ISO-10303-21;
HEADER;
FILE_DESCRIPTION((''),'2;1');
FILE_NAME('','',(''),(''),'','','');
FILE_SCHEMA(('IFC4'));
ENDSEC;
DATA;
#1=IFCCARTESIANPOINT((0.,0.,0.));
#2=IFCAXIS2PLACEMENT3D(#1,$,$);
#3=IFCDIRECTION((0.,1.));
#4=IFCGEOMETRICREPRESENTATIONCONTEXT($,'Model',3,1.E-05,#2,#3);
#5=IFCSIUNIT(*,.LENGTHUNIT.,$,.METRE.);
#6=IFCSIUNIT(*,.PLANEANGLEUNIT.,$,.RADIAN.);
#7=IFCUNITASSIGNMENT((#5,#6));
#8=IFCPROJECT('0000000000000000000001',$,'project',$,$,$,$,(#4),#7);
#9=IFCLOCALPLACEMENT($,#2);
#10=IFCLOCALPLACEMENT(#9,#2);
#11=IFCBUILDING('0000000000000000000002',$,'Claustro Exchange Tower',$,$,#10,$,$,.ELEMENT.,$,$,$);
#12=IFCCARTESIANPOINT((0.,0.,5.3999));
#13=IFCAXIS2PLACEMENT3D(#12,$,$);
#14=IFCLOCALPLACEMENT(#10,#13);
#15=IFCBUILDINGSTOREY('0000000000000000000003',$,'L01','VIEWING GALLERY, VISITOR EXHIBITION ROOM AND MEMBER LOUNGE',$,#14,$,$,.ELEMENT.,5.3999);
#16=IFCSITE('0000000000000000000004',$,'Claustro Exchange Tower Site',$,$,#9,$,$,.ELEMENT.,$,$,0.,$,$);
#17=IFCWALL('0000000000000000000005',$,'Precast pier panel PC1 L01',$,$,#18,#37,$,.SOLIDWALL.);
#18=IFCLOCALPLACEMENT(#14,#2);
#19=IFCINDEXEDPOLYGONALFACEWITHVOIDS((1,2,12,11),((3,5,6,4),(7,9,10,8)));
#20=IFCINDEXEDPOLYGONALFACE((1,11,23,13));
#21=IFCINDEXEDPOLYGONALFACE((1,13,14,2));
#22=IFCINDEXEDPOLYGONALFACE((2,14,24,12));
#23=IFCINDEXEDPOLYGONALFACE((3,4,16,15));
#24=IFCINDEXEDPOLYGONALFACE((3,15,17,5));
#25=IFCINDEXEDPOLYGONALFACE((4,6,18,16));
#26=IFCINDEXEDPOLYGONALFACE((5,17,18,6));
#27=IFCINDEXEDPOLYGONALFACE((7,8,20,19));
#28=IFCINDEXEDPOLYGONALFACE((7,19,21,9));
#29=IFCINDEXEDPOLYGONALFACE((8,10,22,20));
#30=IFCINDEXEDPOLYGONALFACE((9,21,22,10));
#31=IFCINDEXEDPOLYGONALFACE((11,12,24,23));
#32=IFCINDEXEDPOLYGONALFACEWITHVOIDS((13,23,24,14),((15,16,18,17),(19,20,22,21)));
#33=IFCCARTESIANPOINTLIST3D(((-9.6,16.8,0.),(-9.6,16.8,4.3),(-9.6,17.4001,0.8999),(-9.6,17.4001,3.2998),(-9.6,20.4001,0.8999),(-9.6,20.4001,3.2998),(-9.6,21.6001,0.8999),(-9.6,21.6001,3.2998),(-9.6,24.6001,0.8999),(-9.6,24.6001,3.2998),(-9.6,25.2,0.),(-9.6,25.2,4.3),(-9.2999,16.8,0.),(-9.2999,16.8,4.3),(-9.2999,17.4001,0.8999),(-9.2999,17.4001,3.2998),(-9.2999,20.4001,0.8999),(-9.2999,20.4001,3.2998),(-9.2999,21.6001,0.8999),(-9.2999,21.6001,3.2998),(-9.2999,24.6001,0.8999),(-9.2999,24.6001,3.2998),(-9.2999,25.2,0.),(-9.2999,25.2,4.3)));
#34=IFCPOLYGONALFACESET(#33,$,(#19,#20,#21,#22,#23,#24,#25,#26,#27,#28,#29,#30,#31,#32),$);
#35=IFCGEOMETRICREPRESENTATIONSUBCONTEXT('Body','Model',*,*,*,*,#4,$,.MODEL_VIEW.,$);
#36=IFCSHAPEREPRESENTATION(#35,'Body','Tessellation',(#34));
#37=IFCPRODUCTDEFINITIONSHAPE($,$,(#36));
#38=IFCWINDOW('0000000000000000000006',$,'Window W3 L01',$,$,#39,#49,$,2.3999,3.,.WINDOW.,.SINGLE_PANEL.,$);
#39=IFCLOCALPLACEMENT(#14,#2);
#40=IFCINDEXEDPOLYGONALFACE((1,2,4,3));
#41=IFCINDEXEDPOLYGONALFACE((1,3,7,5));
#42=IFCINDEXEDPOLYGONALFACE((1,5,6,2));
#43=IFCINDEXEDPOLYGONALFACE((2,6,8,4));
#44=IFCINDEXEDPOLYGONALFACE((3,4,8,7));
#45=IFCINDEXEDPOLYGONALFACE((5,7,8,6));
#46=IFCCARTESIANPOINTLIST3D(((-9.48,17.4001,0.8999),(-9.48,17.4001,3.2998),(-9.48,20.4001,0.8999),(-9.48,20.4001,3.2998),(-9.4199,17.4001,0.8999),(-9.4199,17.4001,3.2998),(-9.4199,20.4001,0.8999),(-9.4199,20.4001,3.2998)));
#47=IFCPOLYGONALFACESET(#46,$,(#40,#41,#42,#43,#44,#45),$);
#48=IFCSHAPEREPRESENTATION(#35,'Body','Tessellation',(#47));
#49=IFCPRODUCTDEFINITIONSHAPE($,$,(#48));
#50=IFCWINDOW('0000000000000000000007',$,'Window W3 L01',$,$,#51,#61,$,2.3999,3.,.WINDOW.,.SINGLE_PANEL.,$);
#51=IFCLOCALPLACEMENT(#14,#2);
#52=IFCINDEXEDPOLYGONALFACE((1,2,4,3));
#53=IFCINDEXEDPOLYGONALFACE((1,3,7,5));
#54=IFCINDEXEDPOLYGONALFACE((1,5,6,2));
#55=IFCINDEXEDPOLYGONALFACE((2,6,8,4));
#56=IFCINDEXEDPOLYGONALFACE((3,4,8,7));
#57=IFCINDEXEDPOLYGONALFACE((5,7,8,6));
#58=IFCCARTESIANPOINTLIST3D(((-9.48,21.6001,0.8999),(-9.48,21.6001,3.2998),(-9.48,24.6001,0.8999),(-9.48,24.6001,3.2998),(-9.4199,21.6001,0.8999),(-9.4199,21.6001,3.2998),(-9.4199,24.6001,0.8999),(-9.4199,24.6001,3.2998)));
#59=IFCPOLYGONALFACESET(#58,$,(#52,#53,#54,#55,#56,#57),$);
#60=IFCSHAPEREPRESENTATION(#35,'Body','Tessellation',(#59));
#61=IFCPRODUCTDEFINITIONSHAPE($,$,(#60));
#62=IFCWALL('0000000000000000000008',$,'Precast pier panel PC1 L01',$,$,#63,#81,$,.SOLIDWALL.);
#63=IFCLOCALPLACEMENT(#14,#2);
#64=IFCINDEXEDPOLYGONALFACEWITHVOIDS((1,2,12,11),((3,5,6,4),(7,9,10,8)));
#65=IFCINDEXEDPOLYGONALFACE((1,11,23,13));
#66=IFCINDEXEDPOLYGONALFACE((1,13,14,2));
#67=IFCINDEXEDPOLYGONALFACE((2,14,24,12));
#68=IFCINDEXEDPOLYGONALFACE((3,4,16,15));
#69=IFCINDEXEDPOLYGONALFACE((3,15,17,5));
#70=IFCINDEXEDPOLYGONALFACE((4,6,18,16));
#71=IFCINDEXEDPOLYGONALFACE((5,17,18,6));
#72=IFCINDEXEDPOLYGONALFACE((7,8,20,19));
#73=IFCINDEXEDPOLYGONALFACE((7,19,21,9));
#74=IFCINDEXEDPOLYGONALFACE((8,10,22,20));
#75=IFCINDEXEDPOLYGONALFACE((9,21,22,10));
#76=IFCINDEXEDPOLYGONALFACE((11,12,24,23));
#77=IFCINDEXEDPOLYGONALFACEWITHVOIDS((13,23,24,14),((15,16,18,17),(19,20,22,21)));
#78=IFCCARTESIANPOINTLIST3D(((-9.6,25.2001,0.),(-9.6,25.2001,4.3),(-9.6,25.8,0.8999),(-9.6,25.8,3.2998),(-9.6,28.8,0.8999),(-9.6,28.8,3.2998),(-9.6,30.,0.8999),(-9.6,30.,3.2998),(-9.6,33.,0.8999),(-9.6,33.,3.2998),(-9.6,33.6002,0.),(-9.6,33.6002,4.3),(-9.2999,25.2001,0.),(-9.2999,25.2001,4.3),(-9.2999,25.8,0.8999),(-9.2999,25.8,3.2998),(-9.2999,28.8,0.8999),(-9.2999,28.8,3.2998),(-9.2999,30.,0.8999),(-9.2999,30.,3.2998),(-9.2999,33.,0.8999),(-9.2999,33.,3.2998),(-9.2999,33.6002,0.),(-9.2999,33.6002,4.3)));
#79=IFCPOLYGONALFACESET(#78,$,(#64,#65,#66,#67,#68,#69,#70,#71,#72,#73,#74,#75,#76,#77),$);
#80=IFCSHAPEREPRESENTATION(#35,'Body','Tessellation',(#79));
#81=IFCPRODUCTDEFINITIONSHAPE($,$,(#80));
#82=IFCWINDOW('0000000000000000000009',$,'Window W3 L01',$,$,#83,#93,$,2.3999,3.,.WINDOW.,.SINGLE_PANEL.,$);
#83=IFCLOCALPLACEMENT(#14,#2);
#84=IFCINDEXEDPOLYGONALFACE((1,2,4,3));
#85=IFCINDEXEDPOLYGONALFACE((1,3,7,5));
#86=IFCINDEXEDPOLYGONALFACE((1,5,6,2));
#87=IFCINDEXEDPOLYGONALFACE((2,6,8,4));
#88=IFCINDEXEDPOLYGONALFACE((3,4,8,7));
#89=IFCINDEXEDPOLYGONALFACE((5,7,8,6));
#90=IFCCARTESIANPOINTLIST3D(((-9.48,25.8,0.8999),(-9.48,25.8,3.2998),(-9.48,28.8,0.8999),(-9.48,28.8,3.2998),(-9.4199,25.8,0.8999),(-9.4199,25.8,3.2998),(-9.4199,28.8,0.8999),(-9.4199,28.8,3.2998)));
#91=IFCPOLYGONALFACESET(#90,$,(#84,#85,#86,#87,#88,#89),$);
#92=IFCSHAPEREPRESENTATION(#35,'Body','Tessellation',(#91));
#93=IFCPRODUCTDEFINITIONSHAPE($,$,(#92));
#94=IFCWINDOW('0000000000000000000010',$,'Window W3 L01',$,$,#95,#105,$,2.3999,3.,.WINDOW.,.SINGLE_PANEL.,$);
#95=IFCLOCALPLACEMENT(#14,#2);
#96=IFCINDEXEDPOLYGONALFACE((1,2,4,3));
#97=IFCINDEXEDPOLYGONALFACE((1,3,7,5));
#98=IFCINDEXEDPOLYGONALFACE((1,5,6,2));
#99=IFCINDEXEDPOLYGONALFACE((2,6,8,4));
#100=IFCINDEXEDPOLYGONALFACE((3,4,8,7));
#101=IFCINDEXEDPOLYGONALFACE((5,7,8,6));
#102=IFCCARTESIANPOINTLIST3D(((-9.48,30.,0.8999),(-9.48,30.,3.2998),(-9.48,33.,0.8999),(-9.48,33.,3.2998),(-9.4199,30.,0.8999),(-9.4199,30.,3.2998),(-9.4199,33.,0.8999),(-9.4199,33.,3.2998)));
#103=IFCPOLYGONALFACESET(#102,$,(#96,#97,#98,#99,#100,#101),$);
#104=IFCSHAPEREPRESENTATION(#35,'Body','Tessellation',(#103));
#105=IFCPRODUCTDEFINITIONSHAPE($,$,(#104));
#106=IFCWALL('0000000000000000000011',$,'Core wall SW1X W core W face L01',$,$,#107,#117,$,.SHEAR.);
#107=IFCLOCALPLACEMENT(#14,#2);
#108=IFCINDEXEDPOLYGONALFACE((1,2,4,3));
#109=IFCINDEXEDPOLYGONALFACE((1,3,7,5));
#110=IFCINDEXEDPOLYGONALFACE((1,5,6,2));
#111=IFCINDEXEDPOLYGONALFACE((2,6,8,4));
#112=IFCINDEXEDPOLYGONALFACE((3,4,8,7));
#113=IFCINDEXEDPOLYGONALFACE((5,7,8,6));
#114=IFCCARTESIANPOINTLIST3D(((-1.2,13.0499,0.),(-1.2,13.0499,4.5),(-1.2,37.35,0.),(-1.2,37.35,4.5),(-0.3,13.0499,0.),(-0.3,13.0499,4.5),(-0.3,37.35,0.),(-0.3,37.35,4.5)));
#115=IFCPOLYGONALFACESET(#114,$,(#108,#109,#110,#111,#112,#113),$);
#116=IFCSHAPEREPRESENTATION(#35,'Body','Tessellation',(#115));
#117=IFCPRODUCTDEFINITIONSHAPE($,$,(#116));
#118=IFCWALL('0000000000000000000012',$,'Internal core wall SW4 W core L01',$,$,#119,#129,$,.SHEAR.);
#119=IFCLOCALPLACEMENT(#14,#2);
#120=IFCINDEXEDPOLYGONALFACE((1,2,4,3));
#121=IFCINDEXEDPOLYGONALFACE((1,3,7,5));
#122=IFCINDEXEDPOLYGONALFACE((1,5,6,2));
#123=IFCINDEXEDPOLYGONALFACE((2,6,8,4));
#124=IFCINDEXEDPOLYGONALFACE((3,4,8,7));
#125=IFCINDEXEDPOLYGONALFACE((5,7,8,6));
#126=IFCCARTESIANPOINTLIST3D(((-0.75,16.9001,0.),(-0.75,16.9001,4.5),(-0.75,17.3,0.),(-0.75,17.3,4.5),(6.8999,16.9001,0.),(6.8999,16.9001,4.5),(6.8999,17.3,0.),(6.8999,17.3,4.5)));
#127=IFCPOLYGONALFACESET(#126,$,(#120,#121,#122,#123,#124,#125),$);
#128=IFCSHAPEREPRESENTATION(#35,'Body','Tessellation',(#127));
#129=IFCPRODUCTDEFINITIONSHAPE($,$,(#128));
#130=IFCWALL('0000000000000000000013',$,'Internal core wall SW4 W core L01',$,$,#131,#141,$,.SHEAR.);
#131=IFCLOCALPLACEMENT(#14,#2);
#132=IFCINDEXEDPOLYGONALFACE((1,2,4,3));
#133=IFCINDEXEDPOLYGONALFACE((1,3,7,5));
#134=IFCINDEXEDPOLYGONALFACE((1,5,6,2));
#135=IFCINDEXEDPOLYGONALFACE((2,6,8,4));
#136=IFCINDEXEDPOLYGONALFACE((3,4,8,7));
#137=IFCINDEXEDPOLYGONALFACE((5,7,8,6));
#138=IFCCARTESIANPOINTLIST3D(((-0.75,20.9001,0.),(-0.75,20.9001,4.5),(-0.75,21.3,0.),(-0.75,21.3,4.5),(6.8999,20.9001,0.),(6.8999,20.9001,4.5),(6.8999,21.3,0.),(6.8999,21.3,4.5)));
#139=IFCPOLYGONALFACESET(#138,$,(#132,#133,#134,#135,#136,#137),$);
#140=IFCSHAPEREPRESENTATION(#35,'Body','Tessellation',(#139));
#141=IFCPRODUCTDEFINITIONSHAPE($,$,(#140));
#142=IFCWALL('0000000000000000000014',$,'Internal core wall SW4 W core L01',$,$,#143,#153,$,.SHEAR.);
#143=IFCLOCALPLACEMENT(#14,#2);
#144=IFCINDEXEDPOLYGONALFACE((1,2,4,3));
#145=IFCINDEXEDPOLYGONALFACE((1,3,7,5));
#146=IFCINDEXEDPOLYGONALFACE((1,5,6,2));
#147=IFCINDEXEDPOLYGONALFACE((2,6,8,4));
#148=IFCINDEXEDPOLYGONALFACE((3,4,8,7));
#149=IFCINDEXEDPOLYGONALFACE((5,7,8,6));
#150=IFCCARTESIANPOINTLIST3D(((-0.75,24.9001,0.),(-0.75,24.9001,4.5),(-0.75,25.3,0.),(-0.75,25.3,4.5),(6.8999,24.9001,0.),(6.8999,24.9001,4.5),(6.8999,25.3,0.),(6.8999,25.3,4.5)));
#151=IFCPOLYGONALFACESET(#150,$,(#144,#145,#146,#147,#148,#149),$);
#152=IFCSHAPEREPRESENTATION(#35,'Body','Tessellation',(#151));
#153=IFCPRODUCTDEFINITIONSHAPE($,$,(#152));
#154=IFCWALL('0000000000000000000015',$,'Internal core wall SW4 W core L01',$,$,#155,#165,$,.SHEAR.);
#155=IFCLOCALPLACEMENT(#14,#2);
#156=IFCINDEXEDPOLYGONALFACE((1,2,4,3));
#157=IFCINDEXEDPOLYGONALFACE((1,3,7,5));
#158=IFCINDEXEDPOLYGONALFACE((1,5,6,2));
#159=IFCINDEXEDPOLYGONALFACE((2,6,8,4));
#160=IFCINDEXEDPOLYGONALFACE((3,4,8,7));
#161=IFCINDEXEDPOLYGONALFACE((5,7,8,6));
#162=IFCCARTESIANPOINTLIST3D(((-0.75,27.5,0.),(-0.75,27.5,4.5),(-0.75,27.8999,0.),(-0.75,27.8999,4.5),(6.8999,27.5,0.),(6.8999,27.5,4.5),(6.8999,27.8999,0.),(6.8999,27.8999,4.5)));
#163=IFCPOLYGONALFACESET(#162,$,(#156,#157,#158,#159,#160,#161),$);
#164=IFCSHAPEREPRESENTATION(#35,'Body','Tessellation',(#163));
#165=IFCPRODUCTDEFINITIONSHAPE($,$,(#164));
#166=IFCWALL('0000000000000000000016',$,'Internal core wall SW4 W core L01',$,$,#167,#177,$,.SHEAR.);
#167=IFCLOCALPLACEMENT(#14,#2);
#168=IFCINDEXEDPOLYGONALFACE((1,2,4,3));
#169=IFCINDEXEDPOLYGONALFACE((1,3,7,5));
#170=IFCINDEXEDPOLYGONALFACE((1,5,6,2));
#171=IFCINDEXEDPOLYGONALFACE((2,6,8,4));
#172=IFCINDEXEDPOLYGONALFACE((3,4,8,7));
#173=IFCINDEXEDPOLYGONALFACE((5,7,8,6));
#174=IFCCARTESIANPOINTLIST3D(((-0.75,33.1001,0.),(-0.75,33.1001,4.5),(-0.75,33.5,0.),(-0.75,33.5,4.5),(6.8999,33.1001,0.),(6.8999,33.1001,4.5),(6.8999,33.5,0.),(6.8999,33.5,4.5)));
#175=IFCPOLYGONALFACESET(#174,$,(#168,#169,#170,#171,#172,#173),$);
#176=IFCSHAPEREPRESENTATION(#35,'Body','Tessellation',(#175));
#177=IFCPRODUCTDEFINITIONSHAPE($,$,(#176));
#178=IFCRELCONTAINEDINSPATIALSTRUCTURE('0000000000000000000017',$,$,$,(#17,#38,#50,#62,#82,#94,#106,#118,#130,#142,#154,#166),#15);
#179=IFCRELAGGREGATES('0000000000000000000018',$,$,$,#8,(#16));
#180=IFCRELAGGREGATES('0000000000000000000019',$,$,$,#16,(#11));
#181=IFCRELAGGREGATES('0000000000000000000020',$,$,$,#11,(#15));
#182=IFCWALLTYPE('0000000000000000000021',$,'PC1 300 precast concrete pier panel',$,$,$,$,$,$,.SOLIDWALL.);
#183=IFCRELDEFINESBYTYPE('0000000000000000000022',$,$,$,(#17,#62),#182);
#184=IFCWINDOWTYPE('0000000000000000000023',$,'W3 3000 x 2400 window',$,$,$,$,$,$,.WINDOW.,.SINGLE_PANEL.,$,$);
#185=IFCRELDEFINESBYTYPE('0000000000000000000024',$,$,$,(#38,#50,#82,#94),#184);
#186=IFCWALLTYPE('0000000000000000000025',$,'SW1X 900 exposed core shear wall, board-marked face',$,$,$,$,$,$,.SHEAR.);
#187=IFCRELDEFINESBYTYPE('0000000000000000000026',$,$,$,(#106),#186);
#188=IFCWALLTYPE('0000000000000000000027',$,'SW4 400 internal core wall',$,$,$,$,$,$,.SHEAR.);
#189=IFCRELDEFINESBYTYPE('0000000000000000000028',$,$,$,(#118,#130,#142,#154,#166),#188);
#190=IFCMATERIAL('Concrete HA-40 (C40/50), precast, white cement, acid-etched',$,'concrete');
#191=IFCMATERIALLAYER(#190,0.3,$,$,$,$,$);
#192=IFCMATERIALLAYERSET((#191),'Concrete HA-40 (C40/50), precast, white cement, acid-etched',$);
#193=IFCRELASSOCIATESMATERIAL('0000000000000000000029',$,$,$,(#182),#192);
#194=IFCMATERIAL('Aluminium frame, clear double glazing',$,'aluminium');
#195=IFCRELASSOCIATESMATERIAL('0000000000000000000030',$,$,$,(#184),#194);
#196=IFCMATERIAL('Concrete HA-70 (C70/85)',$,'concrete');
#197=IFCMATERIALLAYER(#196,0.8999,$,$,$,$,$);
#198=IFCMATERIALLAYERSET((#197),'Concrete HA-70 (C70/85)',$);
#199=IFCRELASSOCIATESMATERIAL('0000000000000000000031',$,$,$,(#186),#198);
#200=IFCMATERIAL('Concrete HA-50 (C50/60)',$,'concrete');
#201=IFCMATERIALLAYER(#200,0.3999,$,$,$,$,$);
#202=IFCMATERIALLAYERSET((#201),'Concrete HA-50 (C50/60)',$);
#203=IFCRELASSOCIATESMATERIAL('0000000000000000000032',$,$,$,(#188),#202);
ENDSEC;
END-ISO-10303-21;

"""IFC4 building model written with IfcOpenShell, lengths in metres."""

from ifc_helpers import new_model, si_unit, direction, frame, frame_2d, origin, place, context, subcontext, project, spatial, rectangle, extrude, material, layer, layer_set, type_object, element, fill, save


model = new_model("IFC4")

# Units and contexts
model_context = context("Model", 3, precision=1e-05, world=origin(), true_north=direction((0.0, 1.0)))
body_context = subcontext(model_context, "Body", "Model", "MODEL_VIEW")
ifc_project = project(units=[si_unit("LENGTHUNIT", "METRE"), si_unit("PLANEANGLEUNIT", "RADIAN")], contexts=[model_context])

# Site, building, storey
site_placement = place(None, origin())
site = spatial("IfcSite", under=ifc_project, at=site_placement, Name="Claustro Exchange Tower Site", CompositionType="ELEMENT", RefElevation=0.0)
building_placement = place(site_placement, origin())
building = spatial("IfcBuilding", under=site, at=building_placement, Name="Claustro Exchange Tower", CompositionType="ELEMENT")
storey_placement = place(building_placement, frame((0.0, 0.0, 5.3999)))
storey = spatial("IfcBuildingStorey", under=building, at=storey_placement, Name="L01", Description="VIEWING GALLERY, VISITOR EXHIBITION ROOM AND MEMBER LOUNGE", CompositionType="ELEMENT", Elevation=5.3999)

# Shared definitions
ifc_material_1 = material(Name="Concrete HA-40 (C40/50), precast, white cement, acid-etched", Category="concrete")
ifc_layer_1 = layer(ifc_material_1, 0.3)
ifc_layer_set_1 = layer_set([ifc_layer_1], Name="Concrete HA-40 (C40/50), precast, white cement, acid-etched")
wall_type_1 = type_object("IfcWallType", Name="PC1 300 precast concrete pier panel", PredefinedType="SOLIDWALL", material=ifc_layer_set_1)

# Walls, openings, windows
wall_1_placement = place(storey_placement, frame((-9.45, 16.8, 0.0), z_axis=(0.0, 0.0, 1.0), x_axis=(0.0, 1.0, 0.0)))
wall_1 = element("IfcWall", 1, at=wall_1_placement, inside=storey, type_object=wall_type_1, Name="Precast pier panel PC1 L01", PredefinedType="SOLIDWALL", context=body_context, shape_type="SweptSolid", body=[
    extrude(rectangle(XDim=8.3999, YDim=0.3, at=frame_2d((4.2, 0.0))), origin(), (0.0, 0.0, 1.0), 4.3),
])
opening_1_placement = place(wall_1_placement, frame((0.6001, 0.0, 0.8999)))
opening_1 = element("IfcOpeningElement", 2, at=opening_1_placement, cuts=wall_1, PredefinedType="OPENING", context=body_context, shape_type="SweptSolid", body=[
    extrude(rectangle(XDim=3.0, YDim=2.3999, at=frame_2d((1.5, 1.2))), frame((0.0, 0.1599, 0.0), z_axis=(0.0, -1.0, 0.0), x_axis=(1.0, 0.0, 0.0)), (0.0, 0.0, 1.0), 0.3201),
])
opening_2_placement = place(wall_1_placement, frame((4.8, 0.0, 0.8999)))
opening_2 = element("IfcOpeningElement", 3, at=opening_2_placement, cuts=wall_1, PredefinedType="OPENING", context=body_context, shape_type="SweptSolid", body=[
    extrude(rectangle(XDim=3.0, YDim=2.3999, at=frame_2d((1.5, 1.2))), frame((0.0, 0.1599, 0.0), z_axis=(0.0, -1.0, 0.0), x_axis=(1.0, 0.0, 0.0)), (0.0, 0.0, 1.0), 0.3201),
])
ifc_material_2 = material(Name="Aluminium frame, clear double glazing", Category="aluminium")
window_type_1 = type_object("IfcWindowType", Name="W3 3000 x 2400 window", PartitioningType="SINGLE_PANEL", PredefinedType="WINDOW", material=ifc_material_2)
window_1_placement = place(opening_1_placement, origin())
window_1 = element("IfcWindow", 4, at=window_1_placement, inside=storey, type_object=window_type_1, Name="Window W3 L01", OverallHeight=2.3999, OverallWidth=3.0, PartitioningType="SINGLE_PANEL", PredefinedType="WINDOW", context=body_context, shape_type="SweptSolid", body=[
    extrude(rectangle(XDim=3.0, YDim=2.3999, at=frame_2d((1.5, 1.2))), frame((0.0, 0.03, 0.0), z_axis=(0.0, -1.0, 0.0), x_axis=(1.0, 0.0, 0.0)), (0.0, 0.0, 1.0), 0.0601),
])
fill(opening_1, window_1)
window_2_placement = place(opening_2_placement, origin())
window_2 = element("IfcWindow", 5, at=window_2_placement, inside=storey, type_object=window_type_1, Name="Window W3 L01", OverallHeight=2.3999, OverallWidth=3.0, PartitioningType="SINGLE_PANEL", PredefinedType="WINDOW", context=body_context, shape_type="SweptSolid", body=[
    extrude(rectangle(XDim=3.0, YDim=2.3999, at=frame_2d((1.5, 1.2))), frame((0.0, 0.03, 0.0), z_axis=(0.0, -1.0, 0.0), x_axis=(1.0, 0.0, 0.0)), (0.0, 0.0, 1.0), 0.0601),
])
fill(opening_2, window_2)
wall_2_placement = place(storey_placement, frame((-9.45, 25.2, 0.0), z_axis=(0.0, 0.0, 1.0), x_axis=(0.0, 1.0, 0.0)))
wall_2 = element("IfcWall", 6, at=wall_2_placement, inside=storey, type_object=wall_type_1, Name="Precast pier panel PC1 L01", PredefinedType="SOLIDWALL", context=body_context, shape_type="SweptSolid", body=[
    extrude(rectangle(XDim=8.4001, YDim=0.3, at=frame_2d((4.2002, 0.0))), origin(), (0.0, 0.0, 1.0), 4.3),
])
opening_3_placement = place(wall_2_placement, frame((0.6001, 0.0, 0.8999)))
opening_3 = element("IfcOpeningElement", 7, at=opening_3_placement, cuts=wall_2, PredefinedType="OPENING", context=body_context, shape_type="SweptSolid", body=[
    extrude(rectangle(XDim=3.0, YDim=2.3999, at=frame_2d((1.5, 1.2))), frame((0.0, 0.1599, 0.0), z_axis=(0.0, -1.0, 0.0), x_axis=(1.0, 0.0, 0.0)), (0.0, 0.0, 1.0), 0.3201),
])
opening_4_placement = place(wall_2_placement, frame((4.8, 0.0, 0.8999)))
opening_4 = element("IfcOpeningElement", 8, at=opening_4_placement, cuts=wall_2, PredefinedType="OPENING", context=body_context, shape_type="SweptSolid", body=[
    extrude(rectangle(XDim=3.0, YDim=2.3999, at=frame_2d((1.5, 1.2))), frame((0.0, 0.1599, 0.0), z_axis=(0.0, -1.0, 0.0), x_axis=(1.0, 0.0, 0.0)), (0.0, 0.0, 1.0), 0.3201),
])
window_3_placement = place(opening_3_placement, origin())
window_3 = element("IfcWindow", 9, at=window_3_placement, inside=storey, type_object=window_type_1, Name="Window W3 L01", OverallHeight=2.3999, OverallWidth=3.0, PartitioningType="SINGLE_PANEL", PredefinedType="WINDOW", context=body_context, shape_type="SweptSolid", body=[
    extrude(rectangle(XDim=3.0, YDim=2.3999, at=frame_2d((1.5, 1.2))), frame((0.0, 0.03, 0.0), z_axis=(0.0, -1.0, 0.0), x_axis=(1.0, 0.0, 0.0)), (0.0, 0.0, 1.0), 0.0601),
])
fill(opening_3, window_3)
window_4_placement = place(opening_4_placement, origin())
window_4 = element("IfcWindow", 10, at=window_4_placement, inside=storey, type_object=window_type_1, Name="Window W3 L01", OverallHeight=2.3999, OverallWidth=3.0, PartitioningType="SINGLE_PANEL", PredefinedType="WINDOW", context=body_context, shape_type="SweptSolid", body=[
    extrude(rectangle(XDim=3.0, YDim=2.3999, at=frame_2d((1.5, 1.2))), frame((0.0, 0.03, 0.0), z_axis=(0.0, -1.0, 0.0), x_axis=(1.0, 0.0, 0.0)), (0.0, 0.0, 1.0), 0.0601),
])
fill(opening_4, window_4)

# Walls
ifc_material_3 = material(Name="Concrete HA-70 (C70/85)", Category="concrete")
ifc_layer_2 = layer(ifc_material_3, 0.8999)
ifc_layer_set_2 = layer_set([ifc_layer_2], Name="Concrete HA-70 (C70/85)")
wall_type_2 = type_object("IfcWallType", Name="SW1X 900 exposed core shear wall, board-marked face", PredefinedType="SHEAR", material=ifc_layer_set_2)
wall_3_placement = place(storey_placement, frame((-0.75, 13.05, 0.0), z_axis=(0.0, 0.0, 1.0), x_axis=(0.0, 1.0, 0.0)))
element("IfcWall", 11, at=wall_3_placement, inside=storey, type_object=wall_type_2, Name="Core wall SW1X W core W face L01", PredefinedType="SHEAR", context=body_context, shape_type="SweptSolid", body=[
    extrude(rectangle(XDim=24.3, YDim=0.8999, at=frame_2d((12.1499, 0.0))), origin(), (0.0, 0.0, 1.0), 4.5),
])
ifc_material_4 = material(Name="Concrete HA-50 (C50/60)", Category="concrete")
ifc_layer_3 = layer(ifc_material_4, 0.3999)
ifc_layer_set_3 = layer_set([ifc_layer_3], Name="Concrete HA-50 (C50/60)")
wall_type_3 = type_object("IfcWallType", Name="SW4 400 internal core wall", PredefinedType="SHEAR", material=ifc_layer_set_3)
for number, where, z_axis, x_axis, name in (
    (12, (-0.75, 17.1001, 0.0), (0.0, 0.0, 1.0), (1.0, 0.0, 0.0), "Internal core wall SW4 W core L01"),
    (13, (-0.75, 21.1001, 0.0), (0.0, 0.0, 1.0), (1.0, 0.0, 0.0), "Internal core wall SW4 W core L01"),
    (14, (-0.75, 25.1001, 0.0), (0.0, 0.0, 1.0), (1.0, 0.0, 0.0), "Internal core wall SW4 W core L01"),
    (15, (-0.75, 27.7, 0.0), (0.0, 0.0, 1.0), (1.0, 0.0, 0.0), "Internal core wall SW4 W core L01"),
    (16, (-0.75, 33.3, 0.0), (0.0, 0.0, 1.0), (1.0, 0.0, 0.0), "Internal core wall SW4 W core L01"),
):
    element("IfcWall", number, at=place(storey_placement, frame(where, z_axis=z_axis, x_axis=x_axis)), inside=storey, type_object=wall_type_3, Name=name, PredefinedType="SHEAR", context=body_context, shape_type="SweptSolid", body=[
        extrude(rectangle(XDim=7.6499, YDim=0.3999, at=frame_2d((3.825, 0.0))), origin(), (0.0, 0.0, 1.0), 4.5),
    ])

save(model, "model.ifc")
